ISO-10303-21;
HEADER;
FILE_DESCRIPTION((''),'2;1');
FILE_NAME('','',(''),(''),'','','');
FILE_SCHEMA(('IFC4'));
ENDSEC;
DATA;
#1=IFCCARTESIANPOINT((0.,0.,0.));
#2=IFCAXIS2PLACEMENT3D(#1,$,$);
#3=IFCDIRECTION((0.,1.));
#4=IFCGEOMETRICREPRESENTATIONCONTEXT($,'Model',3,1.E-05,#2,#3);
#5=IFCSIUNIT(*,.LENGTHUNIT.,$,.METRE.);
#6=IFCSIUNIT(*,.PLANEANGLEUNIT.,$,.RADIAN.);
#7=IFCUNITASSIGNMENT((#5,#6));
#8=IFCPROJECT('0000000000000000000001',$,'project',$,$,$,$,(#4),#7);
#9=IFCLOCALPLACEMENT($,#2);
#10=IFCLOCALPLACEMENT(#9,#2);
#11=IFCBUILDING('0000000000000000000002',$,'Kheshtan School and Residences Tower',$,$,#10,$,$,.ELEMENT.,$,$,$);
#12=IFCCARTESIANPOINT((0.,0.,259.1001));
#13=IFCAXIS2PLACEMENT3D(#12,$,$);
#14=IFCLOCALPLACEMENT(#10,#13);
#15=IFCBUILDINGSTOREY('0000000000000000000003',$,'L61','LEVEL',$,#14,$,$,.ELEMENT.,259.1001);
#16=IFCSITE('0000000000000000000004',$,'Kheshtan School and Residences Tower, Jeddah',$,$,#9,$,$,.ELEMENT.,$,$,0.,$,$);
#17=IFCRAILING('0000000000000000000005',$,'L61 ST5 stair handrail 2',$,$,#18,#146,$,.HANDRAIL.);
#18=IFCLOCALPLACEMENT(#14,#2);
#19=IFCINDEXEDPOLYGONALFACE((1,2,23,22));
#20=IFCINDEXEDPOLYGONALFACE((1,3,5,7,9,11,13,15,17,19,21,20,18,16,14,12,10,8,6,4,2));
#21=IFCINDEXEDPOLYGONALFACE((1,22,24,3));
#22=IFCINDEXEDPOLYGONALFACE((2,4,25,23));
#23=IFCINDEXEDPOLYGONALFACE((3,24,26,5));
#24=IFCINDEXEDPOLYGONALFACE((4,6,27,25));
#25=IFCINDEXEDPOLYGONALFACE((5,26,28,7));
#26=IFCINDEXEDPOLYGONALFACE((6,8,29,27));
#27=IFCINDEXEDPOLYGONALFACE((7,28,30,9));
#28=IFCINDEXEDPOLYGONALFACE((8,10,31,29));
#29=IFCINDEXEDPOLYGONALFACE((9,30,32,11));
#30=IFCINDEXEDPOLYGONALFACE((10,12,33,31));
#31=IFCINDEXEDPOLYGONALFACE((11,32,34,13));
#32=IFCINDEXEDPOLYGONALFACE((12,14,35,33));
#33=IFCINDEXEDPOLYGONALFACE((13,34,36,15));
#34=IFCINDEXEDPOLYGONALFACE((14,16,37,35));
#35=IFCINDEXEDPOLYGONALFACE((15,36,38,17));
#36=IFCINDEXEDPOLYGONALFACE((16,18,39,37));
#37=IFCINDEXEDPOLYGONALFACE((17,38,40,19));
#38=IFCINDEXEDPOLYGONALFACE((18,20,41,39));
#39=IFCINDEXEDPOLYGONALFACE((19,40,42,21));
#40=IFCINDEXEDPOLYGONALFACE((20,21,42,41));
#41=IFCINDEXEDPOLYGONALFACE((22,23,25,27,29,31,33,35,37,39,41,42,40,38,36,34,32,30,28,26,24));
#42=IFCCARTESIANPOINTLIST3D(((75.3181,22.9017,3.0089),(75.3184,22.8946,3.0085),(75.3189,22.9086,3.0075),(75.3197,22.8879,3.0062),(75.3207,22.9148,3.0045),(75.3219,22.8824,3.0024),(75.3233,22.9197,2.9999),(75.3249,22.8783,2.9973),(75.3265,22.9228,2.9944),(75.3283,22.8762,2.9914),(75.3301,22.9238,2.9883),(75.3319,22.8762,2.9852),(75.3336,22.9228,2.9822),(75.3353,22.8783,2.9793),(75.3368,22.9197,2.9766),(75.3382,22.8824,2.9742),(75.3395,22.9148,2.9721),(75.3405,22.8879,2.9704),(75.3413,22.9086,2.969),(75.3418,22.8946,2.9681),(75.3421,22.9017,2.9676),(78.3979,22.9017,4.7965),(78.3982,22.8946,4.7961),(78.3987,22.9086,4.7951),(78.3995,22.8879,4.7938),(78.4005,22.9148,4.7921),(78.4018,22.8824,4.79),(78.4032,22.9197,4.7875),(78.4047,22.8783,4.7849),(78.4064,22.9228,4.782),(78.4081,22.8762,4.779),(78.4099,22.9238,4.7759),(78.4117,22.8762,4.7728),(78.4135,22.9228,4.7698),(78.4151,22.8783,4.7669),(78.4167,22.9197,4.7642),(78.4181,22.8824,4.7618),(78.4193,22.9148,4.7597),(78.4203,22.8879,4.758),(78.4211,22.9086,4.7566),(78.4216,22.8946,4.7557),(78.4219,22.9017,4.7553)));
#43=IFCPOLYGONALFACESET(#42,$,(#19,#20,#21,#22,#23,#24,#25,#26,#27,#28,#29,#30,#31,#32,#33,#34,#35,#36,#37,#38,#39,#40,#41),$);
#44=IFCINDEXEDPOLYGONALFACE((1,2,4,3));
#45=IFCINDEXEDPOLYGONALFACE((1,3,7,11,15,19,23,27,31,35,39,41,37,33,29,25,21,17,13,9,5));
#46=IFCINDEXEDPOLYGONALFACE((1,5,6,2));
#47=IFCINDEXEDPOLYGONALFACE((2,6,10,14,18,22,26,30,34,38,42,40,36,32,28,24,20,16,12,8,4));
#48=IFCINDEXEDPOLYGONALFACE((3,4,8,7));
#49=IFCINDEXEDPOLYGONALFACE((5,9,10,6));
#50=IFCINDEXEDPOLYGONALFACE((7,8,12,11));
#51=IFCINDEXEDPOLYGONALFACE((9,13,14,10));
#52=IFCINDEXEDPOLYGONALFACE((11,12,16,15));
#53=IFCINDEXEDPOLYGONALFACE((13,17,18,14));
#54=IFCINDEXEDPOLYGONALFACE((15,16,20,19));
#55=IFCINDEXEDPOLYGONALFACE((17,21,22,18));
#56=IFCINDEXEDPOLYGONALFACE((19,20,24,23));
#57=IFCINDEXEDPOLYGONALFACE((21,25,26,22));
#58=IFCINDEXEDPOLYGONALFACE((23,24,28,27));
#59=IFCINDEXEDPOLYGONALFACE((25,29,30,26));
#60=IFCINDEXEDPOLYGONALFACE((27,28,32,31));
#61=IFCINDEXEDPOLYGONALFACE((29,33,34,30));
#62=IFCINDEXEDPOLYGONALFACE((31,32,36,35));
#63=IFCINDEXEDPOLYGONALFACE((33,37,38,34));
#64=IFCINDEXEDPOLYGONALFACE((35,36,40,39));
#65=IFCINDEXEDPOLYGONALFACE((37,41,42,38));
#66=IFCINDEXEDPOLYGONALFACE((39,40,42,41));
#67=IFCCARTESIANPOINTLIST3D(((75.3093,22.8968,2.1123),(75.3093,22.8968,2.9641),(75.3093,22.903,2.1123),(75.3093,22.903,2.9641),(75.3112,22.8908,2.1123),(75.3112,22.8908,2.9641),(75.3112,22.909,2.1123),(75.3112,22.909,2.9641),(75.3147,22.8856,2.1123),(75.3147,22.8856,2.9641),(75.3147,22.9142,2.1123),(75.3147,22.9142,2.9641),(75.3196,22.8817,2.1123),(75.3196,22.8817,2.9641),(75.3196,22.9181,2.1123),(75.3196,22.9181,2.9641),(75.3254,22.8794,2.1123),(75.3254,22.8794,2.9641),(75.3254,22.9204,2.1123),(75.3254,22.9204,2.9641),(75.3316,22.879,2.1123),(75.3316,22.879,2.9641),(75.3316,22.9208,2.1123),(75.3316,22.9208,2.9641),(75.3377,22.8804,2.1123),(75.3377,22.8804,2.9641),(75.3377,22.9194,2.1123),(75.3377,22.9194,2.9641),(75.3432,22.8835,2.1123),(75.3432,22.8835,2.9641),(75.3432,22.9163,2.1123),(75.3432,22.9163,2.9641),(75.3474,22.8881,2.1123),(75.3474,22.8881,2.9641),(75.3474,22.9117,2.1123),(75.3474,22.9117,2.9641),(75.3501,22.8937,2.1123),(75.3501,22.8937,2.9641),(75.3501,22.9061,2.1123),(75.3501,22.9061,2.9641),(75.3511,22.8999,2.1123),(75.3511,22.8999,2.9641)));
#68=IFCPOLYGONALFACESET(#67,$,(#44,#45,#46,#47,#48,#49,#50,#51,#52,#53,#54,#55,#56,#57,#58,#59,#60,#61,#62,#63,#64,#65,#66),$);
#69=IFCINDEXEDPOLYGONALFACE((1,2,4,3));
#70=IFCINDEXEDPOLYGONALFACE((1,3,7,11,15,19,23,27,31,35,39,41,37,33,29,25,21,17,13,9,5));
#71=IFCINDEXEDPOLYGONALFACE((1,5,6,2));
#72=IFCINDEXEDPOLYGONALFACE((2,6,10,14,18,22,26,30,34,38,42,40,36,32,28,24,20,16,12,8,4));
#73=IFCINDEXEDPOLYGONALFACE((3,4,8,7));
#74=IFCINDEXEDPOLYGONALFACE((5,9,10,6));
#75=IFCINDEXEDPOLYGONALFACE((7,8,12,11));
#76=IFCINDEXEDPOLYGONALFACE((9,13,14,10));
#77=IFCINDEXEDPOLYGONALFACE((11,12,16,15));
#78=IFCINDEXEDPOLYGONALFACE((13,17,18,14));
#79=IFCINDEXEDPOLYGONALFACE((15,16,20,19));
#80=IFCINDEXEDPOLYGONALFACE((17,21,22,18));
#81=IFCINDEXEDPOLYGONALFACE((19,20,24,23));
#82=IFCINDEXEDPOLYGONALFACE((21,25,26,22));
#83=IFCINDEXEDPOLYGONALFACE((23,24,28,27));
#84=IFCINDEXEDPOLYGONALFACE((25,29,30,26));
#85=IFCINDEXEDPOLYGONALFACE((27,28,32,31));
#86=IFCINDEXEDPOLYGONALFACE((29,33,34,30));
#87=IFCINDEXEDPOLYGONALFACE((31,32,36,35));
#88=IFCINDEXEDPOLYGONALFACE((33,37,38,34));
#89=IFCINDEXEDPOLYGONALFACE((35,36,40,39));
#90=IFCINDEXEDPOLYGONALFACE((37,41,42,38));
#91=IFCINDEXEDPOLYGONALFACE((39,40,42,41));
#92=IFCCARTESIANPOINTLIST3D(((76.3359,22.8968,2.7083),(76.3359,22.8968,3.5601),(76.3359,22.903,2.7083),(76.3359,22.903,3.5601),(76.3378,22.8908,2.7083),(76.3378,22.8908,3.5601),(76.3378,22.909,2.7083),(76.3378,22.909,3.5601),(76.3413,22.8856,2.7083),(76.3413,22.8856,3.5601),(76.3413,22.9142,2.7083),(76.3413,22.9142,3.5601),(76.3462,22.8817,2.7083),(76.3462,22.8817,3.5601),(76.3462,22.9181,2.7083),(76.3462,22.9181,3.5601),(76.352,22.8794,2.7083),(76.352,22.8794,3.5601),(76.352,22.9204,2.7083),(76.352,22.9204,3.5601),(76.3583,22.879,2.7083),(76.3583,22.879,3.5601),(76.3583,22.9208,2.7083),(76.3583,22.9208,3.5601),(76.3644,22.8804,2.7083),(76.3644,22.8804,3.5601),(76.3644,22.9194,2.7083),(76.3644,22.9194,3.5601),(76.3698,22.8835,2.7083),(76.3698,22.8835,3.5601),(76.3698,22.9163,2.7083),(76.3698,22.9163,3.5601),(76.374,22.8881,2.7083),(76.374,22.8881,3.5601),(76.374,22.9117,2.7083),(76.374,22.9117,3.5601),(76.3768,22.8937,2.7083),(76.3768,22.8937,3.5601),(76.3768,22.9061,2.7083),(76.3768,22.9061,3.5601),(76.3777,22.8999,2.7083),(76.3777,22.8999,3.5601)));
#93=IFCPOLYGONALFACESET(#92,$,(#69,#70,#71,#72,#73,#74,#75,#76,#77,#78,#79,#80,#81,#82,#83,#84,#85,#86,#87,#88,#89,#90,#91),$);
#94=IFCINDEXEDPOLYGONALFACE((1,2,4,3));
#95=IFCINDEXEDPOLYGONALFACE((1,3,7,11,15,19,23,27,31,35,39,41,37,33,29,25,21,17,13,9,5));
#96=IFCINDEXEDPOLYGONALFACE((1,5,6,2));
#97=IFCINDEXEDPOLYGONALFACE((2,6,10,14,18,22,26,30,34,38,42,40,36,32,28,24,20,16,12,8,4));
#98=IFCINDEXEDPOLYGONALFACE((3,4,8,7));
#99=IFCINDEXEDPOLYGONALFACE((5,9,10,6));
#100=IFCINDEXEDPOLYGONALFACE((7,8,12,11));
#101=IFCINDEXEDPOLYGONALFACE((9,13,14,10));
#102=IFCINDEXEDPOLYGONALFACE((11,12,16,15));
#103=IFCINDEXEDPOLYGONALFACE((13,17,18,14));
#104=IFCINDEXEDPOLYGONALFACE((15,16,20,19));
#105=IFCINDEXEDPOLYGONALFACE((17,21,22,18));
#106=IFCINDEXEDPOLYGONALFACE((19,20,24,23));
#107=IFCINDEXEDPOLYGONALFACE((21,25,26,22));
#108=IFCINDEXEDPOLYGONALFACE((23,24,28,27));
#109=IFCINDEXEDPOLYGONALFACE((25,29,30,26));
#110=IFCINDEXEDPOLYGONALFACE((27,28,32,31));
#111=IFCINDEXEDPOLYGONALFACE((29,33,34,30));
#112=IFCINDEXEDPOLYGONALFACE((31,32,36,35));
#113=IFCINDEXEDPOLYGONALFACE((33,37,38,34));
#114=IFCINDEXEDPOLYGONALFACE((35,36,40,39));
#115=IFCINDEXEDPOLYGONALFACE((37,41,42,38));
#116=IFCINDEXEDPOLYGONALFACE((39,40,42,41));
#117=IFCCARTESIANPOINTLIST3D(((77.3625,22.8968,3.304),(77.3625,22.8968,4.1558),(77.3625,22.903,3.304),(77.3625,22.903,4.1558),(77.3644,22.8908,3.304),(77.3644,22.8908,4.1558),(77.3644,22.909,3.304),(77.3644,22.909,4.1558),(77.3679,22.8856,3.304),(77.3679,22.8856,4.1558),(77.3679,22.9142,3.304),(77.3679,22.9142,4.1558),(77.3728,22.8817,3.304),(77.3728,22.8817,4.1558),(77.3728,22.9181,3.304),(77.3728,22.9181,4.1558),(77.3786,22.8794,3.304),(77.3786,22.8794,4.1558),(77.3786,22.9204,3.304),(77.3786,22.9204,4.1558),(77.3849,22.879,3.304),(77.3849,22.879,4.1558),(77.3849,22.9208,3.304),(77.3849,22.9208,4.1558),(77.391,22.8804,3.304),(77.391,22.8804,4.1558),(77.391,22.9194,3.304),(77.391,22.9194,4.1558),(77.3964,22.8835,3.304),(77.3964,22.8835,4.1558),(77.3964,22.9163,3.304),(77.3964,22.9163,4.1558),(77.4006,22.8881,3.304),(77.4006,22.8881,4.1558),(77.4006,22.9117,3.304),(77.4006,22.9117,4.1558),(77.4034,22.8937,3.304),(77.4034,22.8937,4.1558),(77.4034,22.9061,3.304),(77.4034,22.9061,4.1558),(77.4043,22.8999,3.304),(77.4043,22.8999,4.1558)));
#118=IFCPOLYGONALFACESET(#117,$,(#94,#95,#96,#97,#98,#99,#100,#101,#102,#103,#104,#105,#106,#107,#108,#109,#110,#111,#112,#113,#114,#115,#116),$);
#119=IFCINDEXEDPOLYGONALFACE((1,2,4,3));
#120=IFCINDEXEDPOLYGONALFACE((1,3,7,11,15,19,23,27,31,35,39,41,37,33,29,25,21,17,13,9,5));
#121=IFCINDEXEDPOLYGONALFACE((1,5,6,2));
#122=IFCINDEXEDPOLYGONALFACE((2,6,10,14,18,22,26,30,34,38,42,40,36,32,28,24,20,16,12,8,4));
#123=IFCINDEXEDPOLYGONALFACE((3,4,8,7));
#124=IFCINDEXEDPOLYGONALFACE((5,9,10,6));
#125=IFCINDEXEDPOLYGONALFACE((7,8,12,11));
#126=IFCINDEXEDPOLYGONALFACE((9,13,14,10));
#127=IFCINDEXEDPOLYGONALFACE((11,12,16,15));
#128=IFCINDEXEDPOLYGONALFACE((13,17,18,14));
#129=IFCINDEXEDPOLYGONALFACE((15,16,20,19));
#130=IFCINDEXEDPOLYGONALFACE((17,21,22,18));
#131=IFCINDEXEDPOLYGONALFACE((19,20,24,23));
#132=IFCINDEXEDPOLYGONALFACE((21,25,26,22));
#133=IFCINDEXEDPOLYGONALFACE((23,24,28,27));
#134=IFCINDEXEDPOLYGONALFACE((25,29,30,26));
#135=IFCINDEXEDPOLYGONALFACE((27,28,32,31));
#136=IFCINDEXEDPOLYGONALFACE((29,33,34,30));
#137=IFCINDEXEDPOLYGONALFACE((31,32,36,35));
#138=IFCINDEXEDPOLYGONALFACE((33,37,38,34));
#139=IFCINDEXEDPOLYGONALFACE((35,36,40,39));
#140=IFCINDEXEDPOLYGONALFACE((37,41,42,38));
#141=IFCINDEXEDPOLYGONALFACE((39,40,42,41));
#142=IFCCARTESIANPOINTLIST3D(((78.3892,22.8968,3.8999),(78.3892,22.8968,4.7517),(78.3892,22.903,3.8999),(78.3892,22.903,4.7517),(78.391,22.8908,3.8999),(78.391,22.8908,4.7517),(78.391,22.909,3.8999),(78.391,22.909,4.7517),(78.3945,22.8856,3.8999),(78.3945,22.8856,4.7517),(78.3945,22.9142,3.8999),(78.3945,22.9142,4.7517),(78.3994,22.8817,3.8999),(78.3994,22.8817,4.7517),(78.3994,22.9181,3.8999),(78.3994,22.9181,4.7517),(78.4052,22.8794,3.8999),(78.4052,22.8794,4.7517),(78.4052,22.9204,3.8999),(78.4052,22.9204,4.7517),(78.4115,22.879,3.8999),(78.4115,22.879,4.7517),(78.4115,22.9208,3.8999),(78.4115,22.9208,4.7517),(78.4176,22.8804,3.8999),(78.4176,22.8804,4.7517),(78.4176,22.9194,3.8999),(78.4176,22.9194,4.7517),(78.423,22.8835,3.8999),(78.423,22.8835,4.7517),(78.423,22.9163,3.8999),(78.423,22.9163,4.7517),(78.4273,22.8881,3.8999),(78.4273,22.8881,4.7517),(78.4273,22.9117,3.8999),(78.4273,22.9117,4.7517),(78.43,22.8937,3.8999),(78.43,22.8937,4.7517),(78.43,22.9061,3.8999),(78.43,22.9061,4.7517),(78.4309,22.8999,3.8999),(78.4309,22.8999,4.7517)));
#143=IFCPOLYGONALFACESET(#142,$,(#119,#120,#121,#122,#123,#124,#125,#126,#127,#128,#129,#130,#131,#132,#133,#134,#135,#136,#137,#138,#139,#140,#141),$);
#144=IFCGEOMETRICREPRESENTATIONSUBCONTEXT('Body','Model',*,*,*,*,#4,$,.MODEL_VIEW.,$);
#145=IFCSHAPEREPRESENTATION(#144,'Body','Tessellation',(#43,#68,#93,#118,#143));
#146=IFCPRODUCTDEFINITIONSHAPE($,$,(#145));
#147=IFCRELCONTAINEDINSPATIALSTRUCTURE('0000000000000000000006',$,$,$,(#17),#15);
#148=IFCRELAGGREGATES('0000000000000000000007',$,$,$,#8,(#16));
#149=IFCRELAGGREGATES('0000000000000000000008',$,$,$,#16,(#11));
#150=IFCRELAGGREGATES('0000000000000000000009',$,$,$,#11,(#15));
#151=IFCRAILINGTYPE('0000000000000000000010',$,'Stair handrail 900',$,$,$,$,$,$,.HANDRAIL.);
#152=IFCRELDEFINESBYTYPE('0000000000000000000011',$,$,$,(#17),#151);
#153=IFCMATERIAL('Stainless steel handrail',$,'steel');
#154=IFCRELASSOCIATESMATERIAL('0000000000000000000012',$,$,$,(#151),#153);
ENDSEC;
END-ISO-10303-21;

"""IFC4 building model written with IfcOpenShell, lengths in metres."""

from ifc_helpers import new_model, si_unit, direction, frame, origin, origin_2d, place, context, subcontext, project, spatial, circle, extrude, material, type_object, element, save


model = new_model("IFC4")

# Units and contexts
model_context = context("Model", 3, precision=1e-05, world=origin(), true_north=direction((0.0, 1.0)))
body_context = subcontext(model_context, "Body", "Model", "MODEL_VIEW")
ifc_project = project(units=[si_unit("LENGTHUNIT", "METRE"), si_unit("PLANEANGLEUNIT", "RADIAN")], contexts=[model_context])

# Site, building, storey
site_placement = place(None, origin())
site = spatial("IfcSite", under=ifc_project, at=site_placement, Name="Kheshtan School and Residences Tower, Jeddah", CompositionType="ELEMENT", RefElevation=0.0)
building_placement = place(site_placement, origin())
building = spatial("IfcBuilding", under=site, at=building_placement, Name="Kheshtan School and Residences Tower", CompositionType="ELEMENT")
storey_placement = place(building_placement, frame((0.0, 0.0, 259.1001)))
storey = spatial("IfcBuildingStorey", under=building, at=storey_placement, Name="L61", Description="LEVEL", CompositionType="ELEMENT", Elevation=259.1001)

# Railing
ifc_material_1 = material(Name="Stainless steel handrail", Category="steel")
railing_type = type_object("IfcRailingType", Name="Stair handrail 900", PredefinedType="HANDRAIL", material=ifc_material_1)
railing_placement = place(storey_placement, frame((75.3301, 22.8999, 2.1123)))
element("IfcRailing", 1, at=railing_placement, inside=storey, type_object=railing_type, Name="L61 ST5 stair handrail 2", PredefinedType="HANDRAIL", context=body_context, shape_type="SweptSolid", body=[
    extrude(circle(Radius=0.0239, at=origin_2d()), frame((0.0, 0.0, 0.876), z_axis=(0.864873, 0.0, 0.50199), x_axis=(0.0, 1.0, 0.0)), (0.0, 0.0, 1.0), 3.561),
    extrude(circle(Radius=0.021, at=origin_2d()), origin(), (0.0, 0.0, 1.0), 0.8518),
    extrude(circle(Radius=0.021, at=origin_2d()), frame((1.0266, 0.0, 0.5959)), (0.0, 0.0, 1.0), 0.8518),
    extrude(circle(Radius=0.021, at=origin_2d()), frame((2.0532, 0.0, 1.1917)), (0.0, 0.0, 1.0), 0.8518),
    extrude(circle(Radius=0.021, at=origin_2d()), frame((3.0798, 0.0, 1.7876)), (0.0, 0.0, 1.0), 0.8518),
])

save(model, "model.ifc")
